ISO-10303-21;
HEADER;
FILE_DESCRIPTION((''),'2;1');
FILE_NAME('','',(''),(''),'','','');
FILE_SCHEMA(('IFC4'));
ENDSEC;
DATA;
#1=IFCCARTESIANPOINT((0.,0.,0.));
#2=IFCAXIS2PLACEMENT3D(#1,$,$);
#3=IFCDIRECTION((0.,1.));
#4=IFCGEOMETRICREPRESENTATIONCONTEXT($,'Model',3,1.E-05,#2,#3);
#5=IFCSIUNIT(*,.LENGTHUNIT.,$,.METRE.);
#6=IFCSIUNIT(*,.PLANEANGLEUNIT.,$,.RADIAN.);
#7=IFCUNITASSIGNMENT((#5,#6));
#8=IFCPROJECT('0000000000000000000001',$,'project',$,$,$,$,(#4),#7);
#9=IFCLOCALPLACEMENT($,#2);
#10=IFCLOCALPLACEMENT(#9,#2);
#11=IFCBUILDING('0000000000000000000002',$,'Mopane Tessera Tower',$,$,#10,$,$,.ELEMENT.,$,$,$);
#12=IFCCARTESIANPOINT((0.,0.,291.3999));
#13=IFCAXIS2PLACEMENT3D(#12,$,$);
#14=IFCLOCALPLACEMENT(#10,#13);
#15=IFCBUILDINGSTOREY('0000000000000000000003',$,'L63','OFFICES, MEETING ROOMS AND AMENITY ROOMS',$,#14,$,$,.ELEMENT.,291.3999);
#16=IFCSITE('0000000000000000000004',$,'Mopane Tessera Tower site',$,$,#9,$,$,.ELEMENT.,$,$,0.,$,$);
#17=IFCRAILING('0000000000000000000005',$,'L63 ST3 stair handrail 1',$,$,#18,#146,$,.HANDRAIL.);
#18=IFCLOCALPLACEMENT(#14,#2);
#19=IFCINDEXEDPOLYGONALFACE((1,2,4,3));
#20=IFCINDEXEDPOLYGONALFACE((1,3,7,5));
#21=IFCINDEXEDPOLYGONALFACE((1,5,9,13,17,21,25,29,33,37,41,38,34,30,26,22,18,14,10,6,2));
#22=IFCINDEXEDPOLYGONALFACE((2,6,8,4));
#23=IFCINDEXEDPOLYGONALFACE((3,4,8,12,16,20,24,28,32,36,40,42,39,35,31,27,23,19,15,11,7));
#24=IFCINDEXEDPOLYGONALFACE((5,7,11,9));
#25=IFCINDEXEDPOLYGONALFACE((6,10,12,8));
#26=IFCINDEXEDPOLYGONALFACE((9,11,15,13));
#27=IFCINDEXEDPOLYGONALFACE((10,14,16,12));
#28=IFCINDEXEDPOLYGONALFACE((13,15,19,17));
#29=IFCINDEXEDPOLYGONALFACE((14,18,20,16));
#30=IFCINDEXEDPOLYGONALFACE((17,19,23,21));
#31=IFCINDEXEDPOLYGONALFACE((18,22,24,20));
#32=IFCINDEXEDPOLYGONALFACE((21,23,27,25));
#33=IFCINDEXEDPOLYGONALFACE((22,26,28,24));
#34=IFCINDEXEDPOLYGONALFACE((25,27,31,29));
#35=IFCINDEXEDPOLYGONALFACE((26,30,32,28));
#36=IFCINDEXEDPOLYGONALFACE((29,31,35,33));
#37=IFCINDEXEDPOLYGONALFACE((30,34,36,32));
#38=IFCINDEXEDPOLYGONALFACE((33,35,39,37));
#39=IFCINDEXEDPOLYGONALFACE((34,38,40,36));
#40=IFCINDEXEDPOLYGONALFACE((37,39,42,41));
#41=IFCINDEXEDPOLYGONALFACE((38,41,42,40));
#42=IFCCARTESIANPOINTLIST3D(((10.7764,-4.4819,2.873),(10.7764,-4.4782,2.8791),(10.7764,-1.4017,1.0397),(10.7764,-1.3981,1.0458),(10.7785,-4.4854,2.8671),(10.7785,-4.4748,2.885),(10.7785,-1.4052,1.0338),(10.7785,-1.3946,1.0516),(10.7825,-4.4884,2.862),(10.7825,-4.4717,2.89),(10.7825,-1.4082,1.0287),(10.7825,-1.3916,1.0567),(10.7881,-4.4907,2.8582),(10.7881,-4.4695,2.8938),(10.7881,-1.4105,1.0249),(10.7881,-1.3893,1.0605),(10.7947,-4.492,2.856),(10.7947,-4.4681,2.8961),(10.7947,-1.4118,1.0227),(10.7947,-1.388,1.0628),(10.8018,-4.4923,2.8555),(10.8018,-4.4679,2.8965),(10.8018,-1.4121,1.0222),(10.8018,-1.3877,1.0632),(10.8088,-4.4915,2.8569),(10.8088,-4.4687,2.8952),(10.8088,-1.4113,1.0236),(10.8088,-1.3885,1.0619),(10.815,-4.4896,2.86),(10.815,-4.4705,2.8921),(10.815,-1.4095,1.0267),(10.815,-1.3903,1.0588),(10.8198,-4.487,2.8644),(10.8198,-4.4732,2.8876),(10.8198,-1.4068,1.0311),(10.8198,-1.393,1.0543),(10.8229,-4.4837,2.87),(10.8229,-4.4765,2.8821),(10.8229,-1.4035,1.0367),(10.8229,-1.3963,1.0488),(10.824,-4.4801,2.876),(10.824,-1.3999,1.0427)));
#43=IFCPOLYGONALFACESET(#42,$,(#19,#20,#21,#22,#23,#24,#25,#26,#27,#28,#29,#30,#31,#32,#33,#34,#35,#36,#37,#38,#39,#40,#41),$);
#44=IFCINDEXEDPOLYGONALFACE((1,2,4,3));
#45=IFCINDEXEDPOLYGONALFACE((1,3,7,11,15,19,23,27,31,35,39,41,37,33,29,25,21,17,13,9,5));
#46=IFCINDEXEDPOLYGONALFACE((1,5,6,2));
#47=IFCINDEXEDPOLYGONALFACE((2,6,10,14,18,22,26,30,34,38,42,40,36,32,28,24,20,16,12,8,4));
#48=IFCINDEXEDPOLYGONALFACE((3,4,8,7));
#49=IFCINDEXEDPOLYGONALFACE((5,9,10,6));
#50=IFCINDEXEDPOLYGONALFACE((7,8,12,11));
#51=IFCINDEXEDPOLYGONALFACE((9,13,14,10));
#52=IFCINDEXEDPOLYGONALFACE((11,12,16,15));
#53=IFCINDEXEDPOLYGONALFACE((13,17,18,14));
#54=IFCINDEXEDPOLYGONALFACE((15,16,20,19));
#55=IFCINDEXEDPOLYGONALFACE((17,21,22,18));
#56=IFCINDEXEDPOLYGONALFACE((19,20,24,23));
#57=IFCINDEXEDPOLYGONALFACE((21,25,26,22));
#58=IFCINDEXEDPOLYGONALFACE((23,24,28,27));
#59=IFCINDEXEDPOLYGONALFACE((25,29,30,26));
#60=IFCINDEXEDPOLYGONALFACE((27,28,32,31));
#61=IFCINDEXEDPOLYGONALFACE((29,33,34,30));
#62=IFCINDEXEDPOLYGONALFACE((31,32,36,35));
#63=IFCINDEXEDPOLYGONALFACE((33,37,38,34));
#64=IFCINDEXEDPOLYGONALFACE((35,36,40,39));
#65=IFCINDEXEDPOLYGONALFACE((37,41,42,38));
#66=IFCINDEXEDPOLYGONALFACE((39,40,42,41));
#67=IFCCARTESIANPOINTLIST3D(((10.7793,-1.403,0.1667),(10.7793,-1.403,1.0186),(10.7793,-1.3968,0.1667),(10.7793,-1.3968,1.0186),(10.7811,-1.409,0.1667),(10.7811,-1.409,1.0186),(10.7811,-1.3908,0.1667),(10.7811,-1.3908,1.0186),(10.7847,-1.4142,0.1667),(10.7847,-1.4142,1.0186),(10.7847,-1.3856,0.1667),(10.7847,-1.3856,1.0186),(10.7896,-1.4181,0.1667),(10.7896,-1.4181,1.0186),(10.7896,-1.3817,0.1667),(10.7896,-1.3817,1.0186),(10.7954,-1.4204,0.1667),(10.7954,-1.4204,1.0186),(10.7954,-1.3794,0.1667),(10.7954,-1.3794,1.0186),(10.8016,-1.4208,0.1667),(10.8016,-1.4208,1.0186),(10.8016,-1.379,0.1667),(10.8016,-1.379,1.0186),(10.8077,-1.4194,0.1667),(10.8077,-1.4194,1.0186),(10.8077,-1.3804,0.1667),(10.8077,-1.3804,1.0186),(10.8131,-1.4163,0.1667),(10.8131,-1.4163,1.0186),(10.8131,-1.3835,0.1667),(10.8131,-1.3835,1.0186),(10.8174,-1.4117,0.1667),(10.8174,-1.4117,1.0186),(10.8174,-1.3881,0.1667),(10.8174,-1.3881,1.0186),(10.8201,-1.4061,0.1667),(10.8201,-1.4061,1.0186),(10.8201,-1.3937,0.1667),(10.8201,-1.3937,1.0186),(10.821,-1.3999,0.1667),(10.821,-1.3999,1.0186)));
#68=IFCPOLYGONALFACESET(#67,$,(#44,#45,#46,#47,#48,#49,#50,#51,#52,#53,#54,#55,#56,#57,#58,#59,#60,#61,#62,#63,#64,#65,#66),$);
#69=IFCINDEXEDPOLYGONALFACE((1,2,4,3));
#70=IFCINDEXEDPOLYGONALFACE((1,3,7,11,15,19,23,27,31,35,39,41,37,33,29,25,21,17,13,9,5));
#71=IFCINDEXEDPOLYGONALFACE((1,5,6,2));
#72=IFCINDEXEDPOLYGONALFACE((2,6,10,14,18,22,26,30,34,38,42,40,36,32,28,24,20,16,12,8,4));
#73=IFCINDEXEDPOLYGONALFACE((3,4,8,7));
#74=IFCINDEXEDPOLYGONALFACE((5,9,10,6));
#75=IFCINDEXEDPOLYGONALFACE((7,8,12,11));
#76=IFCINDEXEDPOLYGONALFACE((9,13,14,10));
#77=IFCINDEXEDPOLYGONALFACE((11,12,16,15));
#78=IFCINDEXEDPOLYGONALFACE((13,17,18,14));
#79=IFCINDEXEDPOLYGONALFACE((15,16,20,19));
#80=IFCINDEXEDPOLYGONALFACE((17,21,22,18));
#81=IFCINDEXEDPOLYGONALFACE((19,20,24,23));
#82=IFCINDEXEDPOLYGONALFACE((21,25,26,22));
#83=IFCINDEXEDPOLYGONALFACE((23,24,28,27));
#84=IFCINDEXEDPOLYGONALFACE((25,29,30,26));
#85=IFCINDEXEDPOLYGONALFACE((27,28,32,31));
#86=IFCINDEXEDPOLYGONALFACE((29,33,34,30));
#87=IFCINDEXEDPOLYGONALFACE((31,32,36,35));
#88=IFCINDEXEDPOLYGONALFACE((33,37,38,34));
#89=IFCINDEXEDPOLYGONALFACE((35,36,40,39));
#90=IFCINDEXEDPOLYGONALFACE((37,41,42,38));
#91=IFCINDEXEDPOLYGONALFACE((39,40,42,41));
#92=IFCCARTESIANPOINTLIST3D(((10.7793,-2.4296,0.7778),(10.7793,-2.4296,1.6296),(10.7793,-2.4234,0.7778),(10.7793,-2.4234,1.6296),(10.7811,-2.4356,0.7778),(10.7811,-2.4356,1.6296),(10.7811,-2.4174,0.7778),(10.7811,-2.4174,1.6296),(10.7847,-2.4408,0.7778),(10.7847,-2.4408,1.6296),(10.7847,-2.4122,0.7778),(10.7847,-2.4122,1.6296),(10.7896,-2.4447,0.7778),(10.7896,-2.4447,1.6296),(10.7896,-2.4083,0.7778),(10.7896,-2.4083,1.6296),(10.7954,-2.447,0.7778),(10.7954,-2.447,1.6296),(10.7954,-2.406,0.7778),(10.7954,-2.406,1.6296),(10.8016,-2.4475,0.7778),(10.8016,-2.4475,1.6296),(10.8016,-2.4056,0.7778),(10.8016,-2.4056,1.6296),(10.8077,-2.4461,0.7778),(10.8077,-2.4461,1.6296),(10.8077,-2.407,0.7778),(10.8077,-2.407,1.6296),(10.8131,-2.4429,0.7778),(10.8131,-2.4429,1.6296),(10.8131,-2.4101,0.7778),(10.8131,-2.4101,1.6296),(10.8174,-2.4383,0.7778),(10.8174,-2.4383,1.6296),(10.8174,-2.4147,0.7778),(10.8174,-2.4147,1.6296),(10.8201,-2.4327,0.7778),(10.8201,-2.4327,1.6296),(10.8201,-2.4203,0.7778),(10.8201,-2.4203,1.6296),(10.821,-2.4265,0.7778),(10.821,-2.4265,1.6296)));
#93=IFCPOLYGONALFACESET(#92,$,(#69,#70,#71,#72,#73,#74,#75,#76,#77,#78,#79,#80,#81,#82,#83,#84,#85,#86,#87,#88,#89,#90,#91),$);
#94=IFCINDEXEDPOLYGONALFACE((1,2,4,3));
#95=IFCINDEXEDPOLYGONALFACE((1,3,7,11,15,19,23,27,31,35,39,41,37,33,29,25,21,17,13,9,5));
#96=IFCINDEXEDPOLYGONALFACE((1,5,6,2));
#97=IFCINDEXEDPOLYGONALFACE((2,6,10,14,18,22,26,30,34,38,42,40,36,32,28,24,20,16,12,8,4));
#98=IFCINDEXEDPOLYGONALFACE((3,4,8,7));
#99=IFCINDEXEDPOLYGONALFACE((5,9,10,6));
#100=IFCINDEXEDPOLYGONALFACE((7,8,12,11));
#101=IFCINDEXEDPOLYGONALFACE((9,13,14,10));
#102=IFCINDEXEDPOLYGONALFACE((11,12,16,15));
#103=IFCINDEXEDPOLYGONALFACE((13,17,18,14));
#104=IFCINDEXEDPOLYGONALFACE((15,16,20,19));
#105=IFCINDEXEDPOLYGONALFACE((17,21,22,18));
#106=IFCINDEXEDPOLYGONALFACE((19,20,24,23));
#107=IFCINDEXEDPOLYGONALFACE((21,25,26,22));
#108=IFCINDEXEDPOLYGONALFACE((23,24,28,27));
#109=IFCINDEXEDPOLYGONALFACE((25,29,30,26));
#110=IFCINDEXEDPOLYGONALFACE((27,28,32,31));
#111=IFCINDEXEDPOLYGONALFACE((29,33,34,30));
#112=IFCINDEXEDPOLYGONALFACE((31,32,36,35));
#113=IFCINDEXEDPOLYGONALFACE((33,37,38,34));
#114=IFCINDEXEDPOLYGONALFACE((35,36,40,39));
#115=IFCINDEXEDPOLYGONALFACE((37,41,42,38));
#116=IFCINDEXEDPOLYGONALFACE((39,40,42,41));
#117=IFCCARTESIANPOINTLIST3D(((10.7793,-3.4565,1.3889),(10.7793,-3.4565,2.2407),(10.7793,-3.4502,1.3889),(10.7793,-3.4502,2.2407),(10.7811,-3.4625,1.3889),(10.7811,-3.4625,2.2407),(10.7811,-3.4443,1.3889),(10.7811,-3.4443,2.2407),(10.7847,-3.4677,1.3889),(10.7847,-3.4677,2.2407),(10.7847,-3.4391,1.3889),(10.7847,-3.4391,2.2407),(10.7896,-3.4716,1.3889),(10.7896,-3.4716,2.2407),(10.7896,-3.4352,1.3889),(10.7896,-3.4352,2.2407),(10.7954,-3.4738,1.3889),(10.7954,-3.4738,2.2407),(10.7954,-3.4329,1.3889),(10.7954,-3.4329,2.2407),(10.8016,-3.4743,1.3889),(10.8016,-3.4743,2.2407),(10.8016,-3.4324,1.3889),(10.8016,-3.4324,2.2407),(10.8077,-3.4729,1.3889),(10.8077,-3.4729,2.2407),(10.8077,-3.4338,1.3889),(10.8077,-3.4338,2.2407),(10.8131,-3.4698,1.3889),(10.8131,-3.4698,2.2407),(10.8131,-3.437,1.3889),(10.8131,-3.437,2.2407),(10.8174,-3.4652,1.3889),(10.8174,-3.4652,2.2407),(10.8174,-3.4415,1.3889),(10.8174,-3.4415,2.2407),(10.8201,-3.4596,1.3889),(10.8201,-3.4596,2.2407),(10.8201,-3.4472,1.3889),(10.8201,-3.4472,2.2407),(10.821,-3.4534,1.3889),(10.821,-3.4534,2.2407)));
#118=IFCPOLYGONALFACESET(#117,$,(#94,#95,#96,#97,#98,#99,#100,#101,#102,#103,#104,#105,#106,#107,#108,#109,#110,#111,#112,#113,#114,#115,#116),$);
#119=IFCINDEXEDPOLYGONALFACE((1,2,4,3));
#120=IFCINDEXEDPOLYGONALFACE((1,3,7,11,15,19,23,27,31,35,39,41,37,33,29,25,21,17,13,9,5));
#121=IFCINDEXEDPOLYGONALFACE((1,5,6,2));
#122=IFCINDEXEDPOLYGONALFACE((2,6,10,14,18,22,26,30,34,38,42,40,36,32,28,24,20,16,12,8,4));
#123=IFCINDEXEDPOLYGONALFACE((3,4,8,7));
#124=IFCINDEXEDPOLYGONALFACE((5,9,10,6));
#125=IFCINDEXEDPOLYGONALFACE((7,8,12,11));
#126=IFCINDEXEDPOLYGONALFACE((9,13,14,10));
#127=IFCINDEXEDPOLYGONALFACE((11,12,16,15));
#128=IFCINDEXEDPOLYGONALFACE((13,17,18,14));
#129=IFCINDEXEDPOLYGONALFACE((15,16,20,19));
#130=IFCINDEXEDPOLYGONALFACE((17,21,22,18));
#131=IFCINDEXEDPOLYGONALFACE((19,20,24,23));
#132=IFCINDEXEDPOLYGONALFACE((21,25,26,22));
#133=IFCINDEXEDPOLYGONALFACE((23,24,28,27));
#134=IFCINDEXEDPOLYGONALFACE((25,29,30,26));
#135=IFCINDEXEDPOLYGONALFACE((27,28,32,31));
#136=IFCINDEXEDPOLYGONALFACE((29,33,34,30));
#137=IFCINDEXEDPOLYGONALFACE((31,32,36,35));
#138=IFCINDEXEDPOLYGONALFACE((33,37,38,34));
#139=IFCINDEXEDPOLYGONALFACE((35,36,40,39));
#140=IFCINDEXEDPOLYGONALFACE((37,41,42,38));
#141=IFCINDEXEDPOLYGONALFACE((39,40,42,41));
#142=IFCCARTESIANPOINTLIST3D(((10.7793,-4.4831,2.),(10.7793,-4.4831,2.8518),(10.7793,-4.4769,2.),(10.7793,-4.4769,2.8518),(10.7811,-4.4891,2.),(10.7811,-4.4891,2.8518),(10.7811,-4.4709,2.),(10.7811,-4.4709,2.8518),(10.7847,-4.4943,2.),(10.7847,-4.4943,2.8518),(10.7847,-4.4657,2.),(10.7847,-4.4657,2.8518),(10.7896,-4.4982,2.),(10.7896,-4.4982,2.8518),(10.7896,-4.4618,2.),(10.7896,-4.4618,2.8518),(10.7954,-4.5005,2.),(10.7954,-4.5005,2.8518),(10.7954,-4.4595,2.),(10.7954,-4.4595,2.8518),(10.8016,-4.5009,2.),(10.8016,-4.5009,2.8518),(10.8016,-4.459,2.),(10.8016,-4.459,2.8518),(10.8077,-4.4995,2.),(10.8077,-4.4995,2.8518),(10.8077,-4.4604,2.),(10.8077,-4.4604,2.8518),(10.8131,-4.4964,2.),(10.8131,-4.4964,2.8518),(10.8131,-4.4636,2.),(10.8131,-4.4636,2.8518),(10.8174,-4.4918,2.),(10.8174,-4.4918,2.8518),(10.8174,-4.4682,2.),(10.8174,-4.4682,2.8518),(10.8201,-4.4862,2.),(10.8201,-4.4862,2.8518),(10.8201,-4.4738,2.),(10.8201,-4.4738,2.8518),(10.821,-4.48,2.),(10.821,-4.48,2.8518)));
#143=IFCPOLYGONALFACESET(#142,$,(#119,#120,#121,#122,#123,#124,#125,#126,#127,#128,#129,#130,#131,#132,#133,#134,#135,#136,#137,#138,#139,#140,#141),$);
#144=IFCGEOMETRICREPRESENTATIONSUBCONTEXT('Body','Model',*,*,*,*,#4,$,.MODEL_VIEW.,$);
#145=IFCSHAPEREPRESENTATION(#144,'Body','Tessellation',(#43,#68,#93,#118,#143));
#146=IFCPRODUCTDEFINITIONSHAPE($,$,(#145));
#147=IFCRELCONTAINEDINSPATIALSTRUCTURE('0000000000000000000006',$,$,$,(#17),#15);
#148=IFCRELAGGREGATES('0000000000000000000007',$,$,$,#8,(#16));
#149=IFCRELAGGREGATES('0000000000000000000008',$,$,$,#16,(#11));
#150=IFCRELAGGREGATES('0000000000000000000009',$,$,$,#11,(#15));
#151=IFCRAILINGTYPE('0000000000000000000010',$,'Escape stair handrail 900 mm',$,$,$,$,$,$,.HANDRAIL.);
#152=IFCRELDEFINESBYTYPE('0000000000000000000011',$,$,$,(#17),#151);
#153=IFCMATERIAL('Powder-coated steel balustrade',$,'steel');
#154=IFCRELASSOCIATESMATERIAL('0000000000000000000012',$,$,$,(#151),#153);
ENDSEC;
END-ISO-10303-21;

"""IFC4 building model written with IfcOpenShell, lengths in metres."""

from ifc_helpers import new_model, si_unit, direction, frame, origin, origin_2d, place, context, subcontext, project, spatial, circle, extrude, material, type_object, element, save


model = new_model("IFC4")

# Units and contexts
model_context = context("Model", 3, precision=1e-05, world=origin(), true_north=direction((0.0, 1.0)))
body_context = subcontext(model_context, "Body", "Model", "MODEL_VIEW")
ifc_project = project(units=[si_unit("LENGTHUNIT", "METRE"), si_unit("PLANEANGLEUNIT", "RADIAN")], contexts=[model_context])

# Site, building, storey
site_placement = place(None, origin())
site = spatial("IfcSite", under=ifc_project, at=site_placement, Name="Mopane Tessera Tower site", CompositionType="ELEMENT", RefElevation=0.0)
building_placement = place(site_placement, origin())
building = spatial("IfcBuilding", under=site, at=building_placement, Name="Mopane Tessera Tower", CompositionType="ELEMENT")
storey_placement = place(building_placement, frame((0.0, 0.0, 291.3999)))
storey = spatial("IfcBuildingStorey", under=building, at=storey_placement, Name="L63", Description="OFFICES, MEETING ROOMS AND AMENITY ROOMS", CompositionType="ELEMENT", Elevation=291.3999)

# Railing
ifc_material_1 = material(Name="Powder-coated steel balustrade", Category="steel")
railing_type_1 = type_object("IfcRailingType", Name="Escape stair handrail 900 mm", PredefinedType="HANDRAIL", material=ifc_material_1)
railing_1_placement = place(storey_placement, frame((10.8, -1.3999, 0.1667)))
element("IfcRailing", 1, at=railing_1_placement, inside=storey, type_object=railing_type_1, Name="L63 ST3 stair handrail 1", PredefinedType="HANDRAIL", context=body_context, shape_type="SweptSolid", body=[
    extrude(circle(Radius=0.0239, at=origin_2d()), frame((0.0, 0.0, 0.876), z_axis=(0.0, -0.859309, 0.511458), x_axis=(1.0, 0.0, 0.0)), (0.0, 0.0, 1.0), 3.5845),
    extrude(circle(Radius=0.021, at=origin_2d()), origin(), (0.0, 0.0, 1.0), 0.8518),
    extrude(circle(Radius=0.021, at=origin_2d()), frame((0.0, -1.0266, 0.6111)), (0.0, 0.0, 1.0), 0.8518),
    extrude(circle(Radius=0.021, at=origin_2d()), frame((0.0, -2.0535, 1.2222)), (0.0, 0.0, 1.0), 0.8518),
    extrude(circle(Radius=0.021, at=origin_2d()), frame((0.0, -3.0801, 1.8333)), (0.0, 0.0, 1.0), 0.8518),
])

save(model, "model.ifc")
